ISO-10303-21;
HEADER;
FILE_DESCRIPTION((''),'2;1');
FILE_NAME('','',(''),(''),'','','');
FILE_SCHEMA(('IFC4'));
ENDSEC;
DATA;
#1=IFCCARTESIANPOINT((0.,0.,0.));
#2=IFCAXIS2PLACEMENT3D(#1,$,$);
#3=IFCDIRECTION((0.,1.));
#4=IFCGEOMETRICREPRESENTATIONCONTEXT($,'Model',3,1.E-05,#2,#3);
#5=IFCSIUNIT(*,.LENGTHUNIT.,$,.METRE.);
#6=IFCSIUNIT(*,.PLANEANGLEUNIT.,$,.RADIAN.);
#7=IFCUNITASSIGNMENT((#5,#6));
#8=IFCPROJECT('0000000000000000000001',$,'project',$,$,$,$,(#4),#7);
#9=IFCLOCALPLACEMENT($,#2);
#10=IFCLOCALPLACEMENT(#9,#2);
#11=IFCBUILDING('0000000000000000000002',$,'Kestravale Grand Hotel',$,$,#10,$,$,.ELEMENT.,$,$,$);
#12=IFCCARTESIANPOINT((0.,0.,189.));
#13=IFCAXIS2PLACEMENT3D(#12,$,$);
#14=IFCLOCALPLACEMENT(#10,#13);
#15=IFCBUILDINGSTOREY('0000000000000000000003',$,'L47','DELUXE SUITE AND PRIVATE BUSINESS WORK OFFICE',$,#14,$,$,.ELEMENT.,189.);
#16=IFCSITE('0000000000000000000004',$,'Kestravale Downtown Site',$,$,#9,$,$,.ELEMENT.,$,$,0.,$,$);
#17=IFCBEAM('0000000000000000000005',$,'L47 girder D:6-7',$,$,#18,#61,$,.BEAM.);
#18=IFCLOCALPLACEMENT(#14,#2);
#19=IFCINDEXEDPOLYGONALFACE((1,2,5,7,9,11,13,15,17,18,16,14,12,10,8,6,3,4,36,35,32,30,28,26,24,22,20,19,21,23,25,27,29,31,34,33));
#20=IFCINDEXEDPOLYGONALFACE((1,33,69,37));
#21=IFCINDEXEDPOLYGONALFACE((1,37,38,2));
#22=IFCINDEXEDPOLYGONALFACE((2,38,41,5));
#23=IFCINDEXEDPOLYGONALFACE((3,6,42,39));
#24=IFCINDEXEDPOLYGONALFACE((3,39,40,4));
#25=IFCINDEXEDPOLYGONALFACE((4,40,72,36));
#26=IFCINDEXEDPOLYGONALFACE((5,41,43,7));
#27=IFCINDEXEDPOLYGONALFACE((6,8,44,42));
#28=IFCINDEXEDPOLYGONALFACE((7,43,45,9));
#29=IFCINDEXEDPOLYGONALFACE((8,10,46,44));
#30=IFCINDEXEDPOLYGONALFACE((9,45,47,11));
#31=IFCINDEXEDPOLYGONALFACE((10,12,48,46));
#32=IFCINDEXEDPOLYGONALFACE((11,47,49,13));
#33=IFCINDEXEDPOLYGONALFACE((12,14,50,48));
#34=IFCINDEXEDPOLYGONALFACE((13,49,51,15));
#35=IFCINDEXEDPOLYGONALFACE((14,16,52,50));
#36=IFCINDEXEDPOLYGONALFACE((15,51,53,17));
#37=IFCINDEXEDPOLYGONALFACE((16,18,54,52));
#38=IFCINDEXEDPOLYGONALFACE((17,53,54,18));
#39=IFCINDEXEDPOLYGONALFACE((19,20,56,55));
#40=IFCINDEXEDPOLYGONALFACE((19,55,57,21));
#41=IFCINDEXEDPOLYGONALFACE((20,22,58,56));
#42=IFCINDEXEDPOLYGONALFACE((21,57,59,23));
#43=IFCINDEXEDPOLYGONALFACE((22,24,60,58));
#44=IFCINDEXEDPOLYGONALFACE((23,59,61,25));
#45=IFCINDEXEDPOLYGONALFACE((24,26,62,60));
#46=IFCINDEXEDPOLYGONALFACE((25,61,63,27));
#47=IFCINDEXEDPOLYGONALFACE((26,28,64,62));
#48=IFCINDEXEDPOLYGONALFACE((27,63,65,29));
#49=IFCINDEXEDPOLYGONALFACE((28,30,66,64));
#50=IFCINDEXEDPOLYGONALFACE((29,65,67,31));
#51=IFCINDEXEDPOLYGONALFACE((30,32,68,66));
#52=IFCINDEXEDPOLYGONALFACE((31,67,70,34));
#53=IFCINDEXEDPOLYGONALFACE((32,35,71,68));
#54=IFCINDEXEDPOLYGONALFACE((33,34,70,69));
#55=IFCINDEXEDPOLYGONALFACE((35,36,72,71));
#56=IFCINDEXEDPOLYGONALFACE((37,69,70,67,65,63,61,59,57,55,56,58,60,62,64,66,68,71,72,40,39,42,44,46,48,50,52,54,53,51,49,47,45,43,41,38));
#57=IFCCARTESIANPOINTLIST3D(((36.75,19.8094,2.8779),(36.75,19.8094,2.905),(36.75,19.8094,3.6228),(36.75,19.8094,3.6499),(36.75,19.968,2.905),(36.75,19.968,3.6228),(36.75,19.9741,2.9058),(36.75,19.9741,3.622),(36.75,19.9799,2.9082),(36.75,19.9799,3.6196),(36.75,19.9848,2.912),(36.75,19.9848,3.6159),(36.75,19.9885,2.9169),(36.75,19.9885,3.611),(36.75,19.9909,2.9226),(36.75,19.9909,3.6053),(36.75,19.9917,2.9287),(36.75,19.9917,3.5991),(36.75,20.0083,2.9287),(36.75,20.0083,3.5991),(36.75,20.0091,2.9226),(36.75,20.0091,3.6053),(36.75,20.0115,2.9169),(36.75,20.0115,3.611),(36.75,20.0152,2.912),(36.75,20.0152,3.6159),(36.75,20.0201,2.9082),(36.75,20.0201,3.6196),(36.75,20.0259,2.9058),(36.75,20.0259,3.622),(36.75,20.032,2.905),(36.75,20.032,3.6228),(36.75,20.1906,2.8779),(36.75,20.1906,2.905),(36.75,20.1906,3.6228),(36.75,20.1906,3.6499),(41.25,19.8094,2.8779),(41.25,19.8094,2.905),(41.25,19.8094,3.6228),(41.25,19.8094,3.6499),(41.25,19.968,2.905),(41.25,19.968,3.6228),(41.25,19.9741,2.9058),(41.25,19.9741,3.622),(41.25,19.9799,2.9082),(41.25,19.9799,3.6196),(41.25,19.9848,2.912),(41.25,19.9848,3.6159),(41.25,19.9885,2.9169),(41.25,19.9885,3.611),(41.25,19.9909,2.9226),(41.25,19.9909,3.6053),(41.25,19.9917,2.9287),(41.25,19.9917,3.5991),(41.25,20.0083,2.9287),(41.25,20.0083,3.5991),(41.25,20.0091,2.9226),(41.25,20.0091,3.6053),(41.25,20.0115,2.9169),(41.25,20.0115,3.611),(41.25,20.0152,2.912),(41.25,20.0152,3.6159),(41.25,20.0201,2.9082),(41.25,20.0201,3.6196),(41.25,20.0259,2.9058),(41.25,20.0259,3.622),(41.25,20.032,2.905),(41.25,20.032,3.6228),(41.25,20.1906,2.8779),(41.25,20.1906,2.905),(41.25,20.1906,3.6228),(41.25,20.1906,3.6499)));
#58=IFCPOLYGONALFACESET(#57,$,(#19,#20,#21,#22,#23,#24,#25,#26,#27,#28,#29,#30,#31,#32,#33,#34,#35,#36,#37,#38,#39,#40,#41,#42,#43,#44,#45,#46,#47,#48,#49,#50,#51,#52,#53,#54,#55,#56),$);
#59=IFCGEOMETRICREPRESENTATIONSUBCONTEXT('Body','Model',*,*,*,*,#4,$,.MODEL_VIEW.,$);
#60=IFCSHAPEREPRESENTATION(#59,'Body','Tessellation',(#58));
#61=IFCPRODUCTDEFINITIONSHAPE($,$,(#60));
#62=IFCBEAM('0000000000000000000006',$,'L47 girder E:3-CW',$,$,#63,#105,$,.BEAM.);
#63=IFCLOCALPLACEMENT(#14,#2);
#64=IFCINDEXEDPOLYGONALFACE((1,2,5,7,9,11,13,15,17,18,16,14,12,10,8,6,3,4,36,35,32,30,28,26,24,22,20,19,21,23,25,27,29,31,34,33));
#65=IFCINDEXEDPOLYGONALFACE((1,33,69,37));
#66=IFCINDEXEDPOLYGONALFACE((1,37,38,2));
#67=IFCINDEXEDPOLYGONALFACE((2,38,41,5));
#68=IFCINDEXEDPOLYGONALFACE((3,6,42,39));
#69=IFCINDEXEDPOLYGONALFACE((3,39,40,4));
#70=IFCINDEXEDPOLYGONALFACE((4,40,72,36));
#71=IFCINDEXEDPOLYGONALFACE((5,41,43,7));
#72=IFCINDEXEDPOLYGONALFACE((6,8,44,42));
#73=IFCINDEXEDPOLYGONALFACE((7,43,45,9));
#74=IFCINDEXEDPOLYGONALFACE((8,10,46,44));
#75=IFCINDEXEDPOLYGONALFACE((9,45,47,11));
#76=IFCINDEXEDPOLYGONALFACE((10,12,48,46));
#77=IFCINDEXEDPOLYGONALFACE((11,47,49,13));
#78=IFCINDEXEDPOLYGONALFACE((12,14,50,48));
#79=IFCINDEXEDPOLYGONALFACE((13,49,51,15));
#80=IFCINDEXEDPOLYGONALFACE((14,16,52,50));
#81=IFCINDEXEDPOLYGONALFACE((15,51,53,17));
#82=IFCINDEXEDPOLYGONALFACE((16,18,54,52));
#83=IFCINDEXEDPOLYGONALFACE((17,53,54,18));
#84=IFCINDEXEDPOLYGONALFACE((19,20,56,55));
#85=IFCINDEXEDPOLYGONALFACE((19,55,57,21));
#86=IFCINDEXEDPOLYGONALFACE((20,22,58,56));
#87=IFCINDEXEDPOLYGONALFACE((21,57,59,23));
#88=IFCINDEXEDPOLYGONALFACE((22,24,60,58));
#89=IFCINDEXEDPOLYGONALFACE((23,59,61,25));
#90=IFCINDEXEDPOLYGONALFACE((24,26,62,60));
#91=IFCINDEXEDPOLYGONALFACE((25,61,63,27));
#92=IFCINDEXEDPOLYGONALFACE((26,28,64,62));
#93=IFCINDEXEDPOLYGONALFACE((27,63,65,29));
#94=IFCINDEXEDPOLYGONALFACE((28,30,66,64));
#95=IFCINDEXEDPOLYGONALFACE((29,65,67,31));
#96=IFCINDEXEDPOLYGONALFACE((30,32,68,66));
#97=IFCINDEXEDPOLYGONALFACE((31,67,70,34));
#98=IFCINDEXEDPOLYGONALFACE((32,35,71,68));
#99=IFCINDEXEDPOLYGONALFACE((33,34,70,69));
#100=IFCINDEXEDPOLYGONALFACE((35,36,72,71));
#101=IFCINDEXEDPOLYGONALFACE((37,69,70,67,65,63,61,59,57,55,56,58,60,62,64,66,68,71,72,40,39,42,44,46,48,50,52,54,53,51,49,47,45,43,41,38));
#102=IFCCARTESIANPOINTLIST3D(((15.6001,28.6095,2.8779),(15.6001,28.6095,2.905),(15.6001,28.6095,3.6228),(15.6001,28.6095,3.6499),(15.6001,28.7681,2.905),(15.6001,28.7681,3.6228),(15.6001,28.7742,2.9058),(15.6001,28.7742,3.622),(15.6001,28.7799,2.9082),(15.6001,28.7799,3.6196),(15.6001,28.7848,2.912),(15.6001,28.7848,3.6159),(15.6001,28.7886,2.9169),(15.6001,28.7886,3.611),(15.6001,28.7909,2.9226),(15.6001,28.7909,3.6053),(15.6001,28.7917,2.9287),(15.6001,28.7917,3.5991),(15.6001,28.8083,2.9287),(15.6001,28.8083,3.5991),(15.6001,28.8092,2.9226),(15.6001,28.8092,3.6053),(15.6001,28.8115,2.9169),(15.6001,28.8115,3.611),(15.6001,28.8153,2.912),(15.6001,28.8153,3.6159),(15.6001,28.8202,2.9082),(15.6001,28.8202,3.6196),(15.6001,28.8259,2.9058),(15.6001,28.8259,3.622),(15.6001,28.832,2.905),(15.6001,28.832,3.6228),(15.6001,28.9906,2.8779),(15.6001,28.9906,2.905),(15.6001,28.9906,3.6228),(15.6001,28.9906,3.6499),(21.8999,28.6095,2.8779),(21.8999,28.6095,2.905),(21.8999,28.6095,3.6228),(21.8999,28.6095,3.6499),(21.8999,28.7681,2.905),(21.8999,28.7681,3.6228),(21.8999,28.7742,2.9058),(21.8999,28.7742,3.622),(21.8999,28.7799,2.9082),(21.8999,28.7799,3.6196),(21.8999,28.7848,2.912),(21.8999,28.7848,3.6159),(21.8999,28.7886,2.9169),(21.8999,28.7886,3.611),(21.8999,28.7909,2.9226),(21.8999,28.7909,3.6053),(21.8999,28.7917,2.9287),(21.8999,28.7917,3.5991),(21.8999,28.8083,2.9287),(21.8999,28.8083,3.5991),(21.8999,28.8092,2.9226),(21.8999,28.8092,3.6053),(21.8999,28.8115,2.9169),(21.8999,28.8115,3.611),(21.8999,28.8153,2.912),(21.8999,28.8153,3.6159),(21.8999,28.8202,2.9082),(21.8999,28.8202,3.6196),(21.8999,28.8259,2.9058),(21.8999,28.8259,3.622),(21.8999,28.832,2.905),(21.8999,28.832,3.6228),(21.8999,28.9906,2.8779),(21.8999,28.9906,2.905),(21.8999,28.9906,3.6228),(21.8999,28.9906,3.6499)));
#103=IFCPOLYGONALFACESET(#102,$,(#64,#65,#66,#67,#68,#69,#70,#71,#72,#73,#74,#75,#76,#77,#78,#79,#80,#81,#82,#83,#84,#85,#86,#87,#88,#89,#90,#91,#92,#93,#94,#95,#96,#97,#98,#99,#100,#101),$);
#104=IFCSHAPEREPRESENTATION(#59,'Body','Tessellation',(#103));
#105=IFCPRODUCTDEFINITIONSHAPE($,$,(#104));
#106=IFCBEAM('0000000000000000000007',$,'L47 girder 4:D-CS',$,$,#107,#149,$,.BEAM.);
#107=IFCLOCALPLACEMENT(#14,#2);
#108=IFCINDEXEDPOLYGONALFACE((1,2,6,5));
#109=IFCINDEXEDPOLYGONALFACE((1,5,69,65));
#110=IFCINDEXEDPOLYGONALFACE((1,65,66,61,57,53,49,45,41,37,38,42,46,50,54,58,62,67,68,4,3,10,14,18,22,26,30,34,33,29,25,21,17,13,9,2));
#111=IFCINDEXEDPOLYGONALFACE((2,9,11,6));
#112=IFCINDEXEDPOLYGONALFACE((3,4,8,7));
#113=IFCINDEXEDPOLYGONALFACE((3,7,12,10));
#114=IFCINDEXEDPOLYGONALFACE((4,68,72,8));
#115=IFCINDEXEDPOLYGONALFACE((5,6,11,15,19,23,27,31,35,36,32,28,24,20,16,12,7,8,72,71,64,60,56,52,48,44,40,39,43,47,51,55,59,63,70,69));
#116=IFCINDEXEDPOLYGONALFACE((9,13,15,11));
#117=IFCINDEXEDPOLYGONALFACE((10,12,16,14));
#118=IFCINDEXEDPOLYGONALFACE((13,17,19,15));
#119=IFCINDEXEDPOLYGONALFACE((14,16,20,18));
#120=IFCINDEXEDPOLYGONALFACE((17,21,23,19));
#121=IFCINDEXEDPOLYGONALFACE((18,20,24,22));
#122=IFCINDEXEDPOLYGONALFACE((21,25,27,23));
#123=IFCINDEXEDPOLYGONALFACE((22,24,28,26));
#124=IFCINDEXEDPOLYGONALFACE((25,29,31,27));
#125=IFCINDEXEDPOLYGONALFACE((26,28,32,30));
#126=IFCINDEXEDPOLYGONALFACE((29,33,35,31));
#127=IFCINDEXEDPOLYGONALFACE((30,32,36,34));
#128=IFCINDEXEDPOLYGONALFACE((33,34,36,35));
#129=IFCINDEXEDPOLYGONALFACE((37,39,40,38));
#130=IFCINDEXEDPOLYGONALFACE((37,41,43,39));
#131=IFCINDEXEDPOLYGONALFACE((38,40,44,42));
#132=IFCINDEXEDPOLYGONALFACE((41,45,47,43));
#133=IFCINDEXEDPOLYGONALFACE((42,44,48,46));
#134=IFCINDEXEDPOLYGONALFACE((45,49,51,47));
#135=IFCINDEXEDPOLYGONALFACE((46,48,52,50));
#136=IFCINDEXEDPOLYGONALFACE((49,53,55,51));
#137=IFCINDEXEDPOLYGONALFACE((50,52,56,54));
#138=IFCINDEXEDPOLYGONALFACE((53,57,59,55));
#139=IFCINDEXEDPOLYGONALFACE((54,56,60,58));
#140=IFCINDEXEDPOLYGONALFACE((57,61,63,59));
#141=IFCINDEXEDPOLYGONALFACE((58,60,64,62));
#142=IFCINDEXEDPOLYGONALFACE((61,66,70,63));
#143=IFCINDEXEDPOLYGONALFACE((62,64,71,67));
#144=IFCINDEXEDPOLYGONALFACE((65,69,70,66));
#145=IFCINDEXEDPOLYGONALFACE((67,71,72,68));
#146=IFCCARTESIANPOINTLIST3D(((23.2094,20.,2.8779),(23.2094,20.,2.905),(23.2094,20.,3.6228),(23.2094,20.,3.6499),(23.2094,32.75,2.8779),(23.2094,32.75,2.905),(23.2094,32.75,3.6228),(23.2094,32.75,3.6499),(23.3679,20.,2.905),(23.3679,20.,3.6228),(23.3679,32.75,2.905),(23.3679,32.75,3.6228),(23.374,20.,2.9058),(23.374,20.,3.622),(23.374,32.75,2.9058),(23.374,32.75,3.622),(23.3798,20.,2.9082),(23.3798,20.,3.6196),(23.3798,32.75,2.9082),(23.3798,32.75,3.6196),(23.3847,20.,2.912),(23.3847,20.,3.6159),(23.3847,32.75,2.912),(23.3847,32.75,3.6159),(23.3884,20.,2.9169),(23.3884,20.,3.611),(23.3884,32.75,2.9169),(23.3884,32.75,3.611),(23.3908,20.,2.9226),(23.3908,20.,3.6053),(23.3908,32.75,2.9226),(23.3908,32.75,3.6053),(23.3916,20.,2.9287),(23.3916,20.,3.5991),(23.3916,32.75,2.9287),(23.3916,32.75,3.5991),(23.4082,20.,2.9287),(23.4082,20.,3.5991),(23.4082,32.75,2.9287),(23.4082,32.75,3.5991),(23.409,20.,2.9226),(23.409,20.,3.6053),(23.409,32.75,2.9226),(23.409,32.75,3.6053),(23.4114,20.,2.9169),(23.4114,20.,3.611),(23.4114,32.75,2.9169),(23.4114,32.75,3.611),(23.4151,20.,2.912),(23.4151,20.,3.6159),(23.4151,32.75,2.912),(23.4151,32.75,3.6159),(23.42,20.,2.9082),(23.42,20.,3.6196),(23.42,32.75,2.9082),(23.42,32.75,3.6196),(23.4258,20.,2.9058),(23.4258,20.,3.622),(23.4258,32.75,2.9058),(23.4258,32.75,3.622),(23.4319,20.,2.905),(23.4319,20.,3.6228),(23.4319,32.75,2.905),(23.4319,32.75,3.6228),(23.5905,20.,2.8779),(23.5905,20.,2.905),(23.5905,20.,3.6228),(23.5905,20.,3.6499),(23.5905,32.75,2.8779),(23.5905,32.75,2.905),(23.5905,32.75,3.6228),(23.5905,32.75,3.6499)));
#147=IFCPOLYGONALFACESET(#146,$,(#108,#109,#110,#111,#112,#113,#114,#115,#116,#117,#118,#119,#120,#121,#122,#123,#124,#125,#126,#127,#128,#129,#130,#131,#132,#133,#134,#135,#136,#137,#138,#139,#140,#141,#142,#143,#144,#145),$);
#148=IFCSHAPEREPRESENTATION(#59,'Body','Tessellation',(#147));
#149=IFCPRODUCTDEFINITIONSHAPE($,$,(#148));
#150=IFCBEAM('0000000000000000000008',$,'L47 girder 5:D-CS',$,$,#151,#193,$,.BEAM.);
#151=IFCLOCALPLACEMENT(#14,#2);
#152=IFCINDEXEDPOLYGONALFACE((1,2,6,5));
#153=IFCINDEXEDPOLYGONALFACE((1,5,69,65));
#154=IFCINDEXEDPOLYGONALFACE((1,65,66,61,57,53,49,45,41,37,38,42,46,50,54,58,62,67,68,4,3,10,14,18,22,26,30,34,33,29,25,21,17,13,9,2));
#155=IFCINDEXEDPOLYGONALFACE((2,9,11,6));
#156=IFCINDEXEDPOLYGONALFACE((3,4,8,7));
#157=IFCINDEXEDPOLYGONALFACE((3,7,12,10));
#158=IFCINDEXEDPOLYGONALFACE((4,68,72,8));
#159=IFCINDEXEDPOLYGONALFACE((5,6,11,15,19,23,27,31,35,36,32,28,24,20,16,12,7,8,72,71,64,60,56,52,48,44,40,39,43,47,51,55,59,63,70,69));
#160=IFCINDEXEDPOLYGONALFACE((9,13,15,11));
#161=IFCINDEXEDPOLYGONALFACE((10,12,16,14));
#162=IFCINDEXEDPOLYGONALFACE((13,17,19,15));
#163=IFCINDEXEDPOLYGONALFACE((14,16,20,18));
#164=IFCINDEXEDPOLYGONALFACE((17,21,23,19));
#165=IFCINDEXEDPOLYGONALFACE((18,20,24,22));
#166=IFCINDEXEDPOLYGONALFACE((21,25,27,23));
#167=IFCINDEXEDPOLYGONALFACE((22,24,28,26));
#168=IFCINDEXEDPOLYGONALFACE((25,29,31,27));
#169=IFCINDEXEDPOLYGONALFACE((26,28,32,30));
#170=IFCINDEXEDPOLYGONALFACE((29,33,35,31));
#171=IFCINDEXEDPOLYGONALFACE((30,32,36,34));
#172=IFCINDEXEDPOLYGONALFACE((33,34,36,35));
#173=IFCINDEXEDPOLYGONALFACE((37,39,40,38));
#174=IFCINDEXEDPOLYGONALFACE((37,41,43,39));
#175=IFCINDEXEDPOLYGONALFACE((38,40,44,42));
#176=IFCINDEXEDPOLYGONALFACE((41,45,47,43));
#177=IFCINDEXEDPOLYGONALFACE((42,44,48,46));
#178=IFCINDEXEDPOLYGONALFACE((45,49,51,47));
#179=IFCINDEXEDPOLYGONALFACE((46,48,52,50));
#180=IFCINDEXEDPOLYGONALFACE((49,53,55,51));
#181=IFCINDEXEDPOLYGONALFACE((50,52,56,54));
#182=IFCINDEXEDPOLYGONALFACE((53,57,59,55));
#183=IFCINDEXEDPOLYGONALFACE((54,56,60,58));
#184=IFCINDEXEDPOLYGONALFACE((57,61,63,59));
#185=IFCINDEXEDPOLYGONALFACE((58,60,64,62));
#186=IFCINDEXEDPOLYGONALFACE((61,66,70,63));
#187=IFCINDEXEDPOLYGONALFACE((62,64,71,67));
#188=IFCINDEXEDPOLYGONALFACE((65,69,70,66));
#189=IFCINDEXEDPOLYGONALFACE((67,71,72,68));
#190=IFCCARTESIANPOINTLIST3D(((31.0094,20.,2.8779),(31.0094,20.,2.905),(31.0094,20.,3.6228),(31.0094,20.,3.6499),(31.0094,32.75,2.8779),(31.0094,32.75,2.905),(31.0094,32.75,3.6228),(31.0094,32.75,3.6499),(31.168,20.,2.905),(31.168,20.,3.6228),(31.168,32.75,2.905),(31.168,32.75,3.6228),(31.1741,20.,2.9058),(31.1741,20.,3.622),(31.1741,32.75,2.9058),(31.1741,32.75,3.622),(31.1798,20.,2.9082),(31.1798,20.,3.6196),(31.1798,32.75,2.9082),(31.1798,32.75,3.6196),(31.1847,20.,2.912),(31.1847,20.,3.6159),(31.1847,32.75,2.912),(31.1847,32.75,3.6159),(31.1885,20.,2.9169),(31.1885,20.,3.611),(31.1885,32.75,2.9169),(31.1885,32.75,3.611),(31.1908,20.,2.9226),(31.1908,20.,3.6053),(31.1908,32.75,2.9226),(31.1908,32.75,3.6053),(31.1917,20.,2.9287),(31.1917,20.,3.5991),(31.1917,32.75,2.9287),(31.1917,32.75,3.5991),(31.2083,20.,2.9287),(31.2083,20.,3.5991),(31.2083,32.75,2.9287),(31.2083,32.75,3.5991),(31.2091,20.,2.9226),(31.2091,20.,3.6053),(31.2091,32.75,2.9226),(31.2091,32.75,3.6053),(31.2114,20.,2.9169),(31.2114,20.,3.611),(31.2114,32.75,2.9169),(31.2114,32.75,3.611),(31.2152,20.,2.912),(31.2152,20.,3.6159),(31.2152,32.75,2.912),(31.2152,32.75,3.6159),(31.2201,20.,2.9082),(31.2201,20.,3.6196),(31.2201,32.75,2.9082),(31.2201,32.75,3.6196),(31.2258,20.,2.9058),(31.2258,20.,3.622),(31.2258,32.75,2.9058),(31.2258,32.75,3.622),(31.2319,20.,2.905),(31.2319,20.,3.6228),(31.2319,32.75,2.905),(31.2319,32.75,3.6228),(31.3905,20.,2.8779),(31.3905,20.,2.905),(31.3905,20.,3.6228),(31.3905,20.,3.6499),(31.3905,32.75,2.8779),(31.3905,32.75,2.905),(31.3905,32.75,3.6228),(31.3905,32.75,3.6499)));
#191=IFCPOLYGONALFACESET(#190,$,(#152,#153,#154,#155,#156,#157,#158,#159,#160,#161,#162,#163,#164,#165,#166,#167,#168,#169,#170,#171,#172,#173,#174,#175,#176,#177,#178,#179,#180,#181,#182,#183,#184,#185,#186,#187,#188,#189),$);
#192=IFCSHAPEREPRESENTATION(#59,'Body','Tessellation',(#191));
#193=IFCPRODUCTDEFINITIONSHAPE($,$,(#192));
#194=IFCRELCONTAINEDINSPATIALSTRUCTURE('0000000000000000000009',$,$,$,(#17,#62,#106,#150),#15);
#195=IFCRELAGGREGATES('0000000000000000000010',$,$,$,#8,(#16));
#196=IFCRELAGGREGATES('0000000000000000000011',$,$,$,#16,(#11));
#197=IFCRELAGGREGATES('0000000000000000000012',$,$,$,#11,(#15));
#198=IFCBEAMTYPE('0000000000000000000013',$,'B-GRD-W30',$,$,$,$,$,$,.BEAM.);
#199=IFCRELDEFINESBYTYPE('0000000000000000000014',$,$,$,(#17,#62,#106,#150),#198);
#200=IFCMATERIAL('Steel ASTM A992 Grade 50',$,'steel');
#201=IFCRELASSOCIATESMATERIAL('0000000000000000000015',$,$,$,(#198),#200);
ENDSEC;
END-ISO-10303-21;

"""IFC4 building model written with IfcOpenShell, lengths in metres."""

from ifc_helpers import new_model, si_unit, direction, frame, origin, origin_2d, place, context, subcontext, project, spatial, i_section, extrude, material, material_profile, profile_set, type_object, element, save


model = new_model("IFC4")

# Units and contexts
model_context = context("Model", 3, precision=1e-05, world=origin(), true_north=direction((0.0, 1.0)))
body_context = subcontext(model_context, "Body", "Model", "MODEL_VIEW")
ifc_project = project(units=[si_unit("LENGTHUNIT", "METRE"), si_unit("PLANEANGLEUNIT", "RADIAN")], contexts=[model_context])

# Site, building, storey
site_placement = place(None, origin())
site = spatial("IfcSite", under=ifc_project, at=site_placement, Name="Kestravale Downtown Site", CompositionType="ELEMENT", RefElevation=0.0)
building_placement = place(site_placement, origin())
building = spatial("IfcBuilding", under=site, at=building_placement, Name="Kestravale Grand Hotel", CompositionType="ELEMENT")
storey_placement = place(building_placement, frame((0.0, 0.0, 189.0)))
storey = spatial("IfcBuildingStorey", under=building, at=storey_placement, Name="L47", Description="DELUXE SUITE AND PRIVATE BUSINESS WORK OFFICE", CompositionType="ELEMENT", Elevation=189.0)

# Beams
ifc_material_1 = material(Name="Steel ASTM A992 Grade 50", Category="steel")
ifc_material_profile_1 = material_profile(ifc_material_1, i_section(OverallWidth=0.3811, OverallDepth=0.772, WebThickness=0.0166, FlangeThickness=0.0271, FilletRadius=0.0237, at=origin_2d()))
ifc_profile_set_1 = profile_set([ifc_material_profile_1], Name="Steel ASTM A992 Grade 50")
beam_type_1 = type_object("IfcBeamType", Name="B-GRD-W30", PredefinedType="BEAM", material=ifc_profile_set_1)
beam_1_placement = place(storey_placement, frame((36.75, 20.0, 3.2639), z_axis=(1.0, 0.0, 0.0), x_axis=(0.0, 1.0, 0.0)))
element("IfcBeam", 1, at=beam_1_placement, inside=storey, type_object=beam_type_1, Name="L47 girder D:6-7", PredefinedType="BEAM", context=body_context, shape_type="SweptSolid", body=[
    extrude(i_section(OverallWidth=0.3811, OverallDepth=0.772, WebThickness=0.0166, FlangeThickness=0.0271, FilletRadius=0.0237, at=origin_2d()), origin(), (0.0, 0.0, 1.0), 4.5),
])
beam_2_placement = place(storey_placement, frame((15.6001, 28.8, 3.2639), z_axis=(1.0, 0.0, 0.0), x_axis=(0.0, 1.0, 0.0)))
element("IfcBeam", 2, at=beam_2_placement, inside=storey, type_object=beam_type_1, Name="L47 girder E:3-CW", PredefinedType="BEAM", context=body_context, shape_type="SweptSolid", body=[
    extrude(i_section(OverallWidth=0.3811, OverallDepth=0.772, WebThickness=0.0166, FlangeThickness=0.0271, FilletRadius=0.0237, at=origin_2d()), origin(), (0.0, 0.0, 1.0), 6.2998),
])
for number, where, z_axis, x_axis, name in (
    (3, (23.3999, 20.0, 3.2639), (0.0, 1.0, 0.0), (-1.0, 0.0, 0.0), "L47 girder 4:D-CS"),
    (4, (31.2, 20.0, 3.2639), (0.0, 1.0, 0.0), (-1.0, 0.0, 0.0), "L47 girder 5:D-CS"),
):
    element("IfcBeam", number, at=place(storey_placement, frame(where, z_axis=z_axis, x_axis=x_axis)), inside=storey, type_object=beam_type_1, Name=name, PredefinedType="BEAM", context=body_context, shape_type="SweptSolid", body=[
        extrude(i_section(OverallWidth=0.3811, OverallDepth=0.772, WebThickness=0.0166, FlangeThickness=0.0271, FilletRadius=0.0237, at=origin_2d()), origin(), (0.0, 0.0, 1.0), 12.75),
    ])

save(model, "model.ifc")
